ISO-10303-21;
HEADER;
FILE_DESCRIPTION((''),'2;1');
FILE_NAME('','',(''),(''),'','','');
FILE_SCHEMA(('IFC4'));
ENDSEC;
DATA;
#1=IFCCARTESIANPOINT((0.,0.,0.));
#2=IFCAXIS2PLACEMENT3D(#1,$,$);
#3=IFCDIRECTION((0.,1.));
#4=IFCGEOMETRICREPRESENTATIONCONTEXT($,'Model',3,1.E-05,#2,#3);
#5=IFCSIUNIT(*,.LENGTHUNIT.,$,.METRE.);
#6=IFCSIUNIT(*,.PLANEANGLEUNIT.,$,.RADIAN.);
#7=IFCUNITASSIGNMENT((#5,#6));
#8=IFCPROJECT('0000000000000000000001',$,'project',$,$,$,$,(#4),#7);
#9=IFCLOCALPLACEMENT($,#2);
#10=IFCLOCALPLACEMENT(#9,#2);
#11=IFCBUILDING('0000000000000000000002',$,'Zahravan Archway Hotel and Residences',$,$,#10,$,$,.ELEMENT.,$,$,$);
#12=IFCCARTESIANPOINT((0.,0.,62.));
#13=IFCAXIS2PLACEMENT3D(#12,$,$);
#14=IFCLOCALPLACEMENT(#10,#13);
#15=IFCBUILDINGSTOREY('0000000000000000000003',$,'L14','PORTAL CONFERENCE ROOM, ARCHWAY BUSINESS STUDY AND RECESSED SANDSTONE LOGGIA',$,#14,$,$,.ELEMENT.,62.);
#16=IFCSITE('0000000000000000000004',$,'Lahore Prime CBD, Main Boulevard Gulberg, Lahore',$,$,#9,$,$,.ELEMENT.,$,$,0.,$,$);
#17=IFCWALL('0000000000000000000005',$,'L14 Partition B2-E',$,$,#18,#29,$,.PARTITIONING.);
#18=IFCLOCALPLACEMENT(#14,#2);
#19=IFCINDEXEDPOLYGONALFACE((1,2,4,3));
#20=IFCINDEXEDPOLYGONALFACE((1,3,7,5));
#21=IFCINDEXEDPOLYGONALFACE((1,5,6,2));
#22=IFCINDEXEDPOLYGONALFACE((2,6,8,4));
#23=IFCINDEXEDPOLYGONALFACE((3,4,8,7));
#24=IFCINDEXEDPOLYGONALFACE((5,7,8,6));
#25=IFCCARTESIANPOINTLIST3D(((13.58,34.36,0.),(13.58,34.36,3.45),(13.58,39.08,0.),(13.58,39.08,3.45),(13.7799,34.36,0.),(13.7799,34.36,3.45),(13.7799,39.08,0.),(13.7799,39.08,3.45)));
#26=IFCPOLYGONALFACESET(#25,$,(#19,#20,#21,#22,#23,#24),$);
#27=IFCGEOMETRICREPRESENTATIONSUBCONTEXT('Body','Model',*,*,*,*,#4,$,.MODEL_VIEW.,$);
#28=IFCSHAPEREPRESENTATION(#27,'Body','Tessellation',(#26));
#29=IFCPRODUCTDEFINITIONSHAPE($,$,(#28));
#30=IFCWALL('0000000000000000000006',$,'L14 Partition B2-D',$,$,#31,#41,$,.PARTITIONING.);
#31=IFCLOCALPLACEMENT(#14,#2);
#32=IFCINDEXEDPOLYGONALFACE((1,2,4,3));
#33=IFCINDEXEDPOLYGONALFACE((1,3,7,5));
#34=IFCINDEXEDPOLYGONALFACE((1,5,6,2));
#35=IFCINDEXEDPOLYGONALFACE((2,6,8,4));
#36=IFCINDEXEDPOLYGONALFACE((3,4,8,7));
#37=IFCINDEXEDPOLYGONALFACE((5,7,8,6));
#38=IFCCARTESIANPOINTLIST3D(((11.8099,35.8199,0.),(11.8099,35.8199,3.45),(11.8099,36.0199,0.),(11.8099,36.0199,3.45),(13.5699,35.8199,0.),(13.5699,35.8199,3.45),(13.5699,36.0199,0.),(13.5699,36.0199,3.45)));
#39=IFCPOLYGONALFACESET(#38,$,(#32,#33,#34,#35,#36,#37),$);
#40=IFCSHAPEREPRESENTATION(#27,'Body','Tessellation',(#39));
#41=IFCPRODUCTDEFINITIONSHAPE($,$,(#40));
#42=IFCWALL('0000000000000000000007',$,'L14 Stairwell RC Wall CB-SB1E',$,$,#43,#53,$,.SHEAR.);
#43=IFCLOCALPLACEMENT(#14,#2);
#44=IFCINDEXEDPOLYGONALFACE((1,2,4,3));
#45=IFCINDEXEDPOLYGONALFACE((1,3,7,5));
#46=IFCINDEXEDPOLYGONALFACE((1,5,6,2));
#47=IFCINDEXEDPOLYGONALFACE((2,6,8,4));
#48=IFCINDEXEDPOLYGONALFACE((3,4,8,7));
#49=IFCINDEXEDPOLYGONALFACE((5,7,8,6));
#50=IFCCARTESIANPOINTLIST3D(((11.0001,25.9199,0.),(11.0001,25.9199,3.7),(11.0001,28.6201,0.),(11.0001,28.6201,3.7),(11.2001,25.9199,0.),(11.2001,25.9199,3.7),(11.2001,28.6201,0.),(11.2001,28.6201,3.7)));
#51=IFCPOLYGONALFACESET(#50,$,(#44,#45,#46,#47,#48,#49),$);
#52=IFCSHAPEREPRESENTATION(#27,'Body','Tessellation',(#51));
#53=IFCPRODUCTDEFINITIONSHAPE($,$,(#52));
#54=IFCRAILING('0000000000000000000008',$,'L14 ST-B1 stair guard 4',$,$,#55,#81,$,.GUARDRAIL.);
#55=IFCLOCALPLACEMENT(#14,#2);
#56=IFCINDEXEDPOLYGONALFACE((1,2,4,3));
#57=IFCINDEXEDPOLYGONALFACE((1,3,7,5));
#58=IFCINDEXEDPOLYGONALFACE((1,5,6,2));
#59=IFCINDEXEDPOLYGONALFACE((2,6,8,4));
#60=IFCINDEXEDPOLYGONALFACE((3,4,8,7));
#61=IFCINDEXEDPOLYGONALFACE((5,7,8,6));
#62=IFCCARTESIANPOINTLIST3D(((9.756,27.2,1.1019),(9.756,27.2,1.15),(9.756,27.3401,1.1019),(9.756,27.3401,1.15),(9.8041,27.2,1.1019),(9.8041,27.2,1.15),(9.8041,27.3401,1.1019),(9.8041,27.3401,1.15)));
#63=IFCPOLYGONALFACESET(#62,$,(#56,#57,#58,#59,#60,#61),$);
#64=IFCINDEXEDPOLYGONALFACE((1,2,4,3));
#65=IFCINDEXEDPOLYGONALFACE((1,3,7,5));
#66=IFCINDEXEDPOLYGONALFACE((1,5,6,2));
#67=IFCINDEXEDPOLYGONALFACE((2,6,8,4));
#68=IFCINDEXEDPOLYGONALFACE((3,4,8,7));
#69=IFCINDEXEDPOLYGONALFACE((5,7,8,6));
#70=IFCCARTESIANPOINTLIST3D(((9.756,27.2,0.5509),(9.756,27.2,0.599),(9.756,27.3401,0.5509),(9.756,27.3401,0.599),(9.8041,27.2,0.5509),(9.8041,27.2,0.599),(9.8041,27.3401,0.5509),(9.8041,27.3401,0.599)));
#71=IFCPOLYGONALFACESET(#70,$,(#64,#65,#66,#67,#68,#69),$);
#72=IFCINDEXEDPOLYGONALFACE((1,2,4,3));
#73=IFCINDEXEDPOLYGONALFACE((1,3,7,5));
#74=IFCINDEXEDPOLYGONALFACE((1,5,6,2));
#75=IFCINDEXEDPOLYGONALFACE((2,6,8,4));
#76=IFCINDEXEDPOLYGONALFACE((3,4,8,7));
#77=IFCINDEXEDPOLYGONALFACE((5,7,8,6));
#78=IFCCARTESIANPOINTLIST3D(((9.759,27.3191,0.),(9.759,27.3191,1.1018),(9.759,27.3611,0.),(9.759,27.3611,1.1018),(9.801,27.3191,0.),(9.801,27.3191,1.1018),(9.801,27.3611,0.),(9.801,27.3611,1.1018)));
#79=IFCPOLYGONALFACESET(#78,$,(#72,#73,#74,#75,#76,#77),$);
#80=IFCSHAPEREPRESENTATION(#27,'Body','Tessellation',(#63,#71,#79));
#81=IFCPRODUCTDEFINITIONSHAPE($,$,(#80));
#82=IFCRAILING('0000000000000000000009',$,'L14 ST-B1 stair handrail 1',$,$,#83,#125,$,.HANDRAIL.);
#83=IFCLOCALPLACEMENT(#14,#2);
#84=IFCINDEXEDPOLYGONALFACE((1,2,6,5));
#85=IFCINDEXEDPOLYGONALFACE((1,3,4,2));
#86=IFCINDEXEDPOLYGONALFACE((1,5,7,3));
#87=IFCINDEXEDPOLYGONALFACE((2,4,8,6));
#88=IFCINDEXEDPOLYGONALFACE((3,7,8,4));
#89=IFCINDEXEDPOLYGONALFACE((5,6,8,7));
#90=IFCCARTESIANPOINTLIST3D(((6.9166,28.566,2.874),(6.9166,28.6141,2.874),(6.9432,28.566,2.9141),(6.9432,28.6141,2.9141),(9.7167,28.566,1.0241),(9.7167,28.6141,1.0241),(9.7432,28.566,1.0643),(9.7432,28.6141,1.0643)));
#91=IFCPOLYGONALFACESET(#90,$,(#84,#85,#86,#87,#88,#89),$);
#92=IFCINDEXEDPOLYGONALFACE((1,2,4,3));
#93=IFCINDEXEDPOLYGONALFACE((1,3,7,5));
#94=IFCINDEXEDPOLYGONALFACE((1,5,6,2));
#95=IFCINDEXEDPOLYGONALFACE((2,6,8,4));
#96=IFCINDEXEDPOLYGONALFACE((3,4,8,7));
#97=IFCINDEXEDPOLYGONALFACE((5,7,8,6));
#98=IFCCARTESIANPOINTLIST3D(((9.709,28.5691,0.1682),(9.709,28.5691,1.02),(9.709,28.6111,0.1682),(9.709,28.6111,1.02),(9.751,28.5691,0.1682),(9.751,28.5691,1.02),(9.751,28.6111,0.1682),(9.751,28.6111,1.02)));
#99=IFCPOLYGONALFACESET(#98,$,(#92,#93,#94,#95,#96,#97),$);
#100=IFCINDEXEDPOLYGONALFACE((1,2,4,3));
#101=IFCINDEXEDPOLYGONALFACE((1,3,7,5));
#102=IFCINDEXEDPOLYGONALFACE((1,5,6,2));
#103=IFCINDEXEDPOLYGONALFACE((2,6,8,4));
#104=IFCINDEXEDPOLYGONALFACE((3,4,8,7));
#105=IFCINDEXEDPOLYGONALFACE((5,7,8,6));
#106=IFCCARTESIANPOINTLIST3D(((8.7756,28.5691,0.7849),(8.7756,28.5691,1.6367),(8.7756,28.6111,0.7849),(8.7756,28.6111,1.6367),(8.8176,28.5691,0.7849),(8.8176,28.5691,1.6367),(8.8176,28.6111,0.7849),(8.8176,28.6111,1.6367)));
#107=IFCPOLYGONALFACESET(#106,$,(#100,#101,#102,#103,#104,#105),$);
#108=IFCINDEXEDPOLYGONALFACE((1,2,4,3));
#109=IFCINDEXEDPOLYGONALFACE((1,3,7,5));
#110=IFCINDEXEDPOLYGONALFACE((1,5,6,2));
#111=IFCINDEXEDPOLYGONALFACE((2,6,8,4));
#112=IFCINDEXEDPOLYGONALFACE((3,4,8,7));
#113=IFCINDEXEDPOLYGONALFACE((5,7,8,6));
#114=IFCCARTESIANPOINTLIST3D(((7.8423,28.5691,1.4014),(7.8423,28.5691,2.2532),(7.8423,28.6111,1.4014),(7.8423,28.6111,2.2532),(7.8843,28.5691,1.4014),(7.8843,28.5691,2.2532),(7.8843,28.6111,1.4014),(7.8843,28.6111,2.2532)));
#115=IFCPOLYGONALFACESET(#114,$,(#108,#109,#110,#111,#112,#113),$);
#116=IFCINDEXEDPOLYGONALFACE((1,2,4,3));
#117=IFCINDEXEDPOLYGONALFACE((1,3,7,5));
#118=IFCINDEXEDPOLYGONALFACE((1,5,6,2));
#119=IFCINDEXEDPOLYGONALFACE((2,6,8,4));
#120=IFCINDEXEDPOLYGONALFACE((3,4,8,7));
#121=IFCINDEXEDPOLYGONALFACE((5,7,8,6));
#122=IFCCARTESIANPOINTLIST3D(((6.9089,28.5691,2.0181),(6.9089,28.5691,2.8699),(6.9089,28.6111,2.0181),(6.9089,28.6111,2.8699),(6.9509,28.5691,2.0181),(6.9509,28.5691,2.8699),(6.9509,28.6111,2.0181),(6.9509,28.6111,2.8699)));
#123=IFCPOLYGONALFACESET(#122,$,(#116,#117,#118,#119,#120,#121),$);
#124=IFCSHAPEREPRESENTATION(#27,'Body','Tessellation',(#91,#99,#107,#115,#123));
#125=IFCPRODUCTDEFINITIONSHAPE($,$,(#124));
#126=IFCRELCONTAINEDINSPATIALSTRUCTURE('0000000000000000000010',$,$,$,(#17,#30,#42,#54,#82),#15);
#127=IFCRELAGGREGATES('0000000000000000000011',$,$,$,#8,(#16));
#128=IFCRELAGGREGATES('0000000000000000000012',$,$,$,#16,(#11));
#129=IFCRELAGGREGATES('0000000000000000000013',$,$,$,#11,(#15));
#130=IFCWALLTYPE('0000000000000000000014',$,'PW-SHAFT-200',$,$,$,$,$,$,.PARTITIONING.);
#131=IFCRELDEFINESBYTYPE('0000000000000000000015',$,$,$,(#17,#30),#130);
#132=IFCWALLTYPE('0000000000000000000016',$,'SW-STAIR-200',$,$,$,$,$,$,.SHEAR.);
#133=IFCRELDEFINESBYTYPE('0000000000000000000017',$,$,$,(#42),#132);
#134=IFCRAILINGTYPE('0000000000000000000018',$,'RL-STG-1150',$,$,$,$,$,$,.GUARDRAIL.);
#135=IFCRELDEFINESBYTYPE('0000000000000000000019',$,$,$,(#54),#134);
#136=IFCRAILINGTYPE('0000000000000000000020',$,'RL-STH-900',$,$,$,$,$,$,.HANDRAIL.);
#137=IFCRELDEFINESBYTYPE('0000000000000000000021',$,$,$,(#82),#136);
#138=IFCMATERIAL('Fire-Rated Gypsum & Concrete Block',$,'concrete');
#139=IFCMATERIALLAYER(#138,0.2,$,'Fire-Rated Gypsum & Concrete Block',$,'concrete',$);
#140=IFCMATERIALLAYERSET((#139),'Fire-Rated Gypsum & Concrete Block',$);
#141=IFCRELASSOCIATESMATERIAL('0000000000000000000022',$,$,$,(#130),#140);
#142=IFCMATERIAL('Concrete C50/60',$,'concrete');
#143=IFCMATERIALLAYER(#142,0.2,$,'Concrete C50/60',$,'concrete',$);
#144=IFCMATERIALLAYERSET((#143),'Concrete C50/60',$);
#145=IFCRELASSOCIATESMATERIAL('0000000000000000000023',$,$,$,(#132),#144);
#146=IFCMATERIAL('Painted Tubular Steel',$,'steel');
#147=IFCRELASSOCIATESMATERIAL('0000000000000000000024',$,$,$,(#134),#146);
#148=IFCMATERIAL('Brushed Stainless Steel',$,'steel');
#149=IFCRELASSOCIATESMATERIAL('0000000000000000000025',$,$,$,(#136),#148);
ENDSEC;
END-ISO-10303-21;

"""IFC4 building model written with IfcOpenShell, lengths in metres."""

from ifc_helpers import new_model, si_unit, direction, frame, frame_2d, origin, origin_2d, place, context, subcontext, project, spatial, rectangle, extrude, material, layer, layer_set, type_object, element, save


model = new_model("IFC4")

# Units and contexts
model_context = context("Model", 3, precision=1e-05, world=origin(), true_north=direction((0.0, 1.0)))
body_context = subcontext(model_context, "Body", "Model", "MODEL_VIEW")
ifc_project = project(units=[si_unit("LENGTHUNIT", "METRE"), si_unit("PLANEANGLEUNIT", "RADIAN")], contexts=[model_context])

# Site, building, storey
site_placement = place(None, origin())
site = spatial("IfcSite", under=ifc_project, at=site_placement, Name="Lahore Prime CBD, Main Boulevard Gulberg, Lahore", CompositionType="ELEMENT", RefElevation=0.0)
building_placement = place(site_placement, origin())
building = spatial("IfcBuilding", under=site, at=building_placement, Name="Zahravan Archway Hotel and Residences", CompositionType="ELEMENT")
storey_placement = place(building_placement, frame((0.0, 0.0, 62.0)))
storey = spatial("IfcBuildingStorey", under=building, at=storey_placement, Name="L14", Description="PORTAL CONFERENCE ROOM, ARCHWAY BUSINESS STUDY AND RECESSED SANDSTONE LOGGIA", CompositionType="ELEMENT", Elevation=62.0)

# Shared definitions
ifc_material_1 = material(Name="Fire-Rated Gypsum & Concrete Block", Category="concrete")
ifc_layer_1 = layer(ifc_material_1, 0.2, Name="Fire-Rated Gypsum & Concrete Block", Category="concrete")
ifc_layer_set_1 = layer_set([ifc_layer_1], Name="Fire-Rated Gypsum & Concrete Block")
wall_type_1 = type_object("IfcWallType", Name="PW-SHAFT-200", PredefinedType="PARTITIONING", material=ifc_layer_set_1)

# Shared definitions
ifc_material_2 = material(Name="Brushed Stainless Steel", Category="steel")

# Walls
wall_1_placement = place(storey_placement, frame((13.6799, 34.3601, 0.0), z_axis=(0.0, 0.0, 1.0), x_axis=(0.0, 1.0, 0.0)))
element("IfcWall", 1, at=wall_1_placement, inside=storey, type_object=wall_type_1, Name="L14 Partition B2-E", PredefinedType="PARTITIONING", context=body_context, shape_type="SweptSolid", body=[
    extrude(rectangle(XDim=4.72, YDim=0.2, at=frame_2d((2.3599, 0.0))), origin(), (0.0, 0.0, 1.0), 3.45),
])
wall_2_placement = place(storey_placement, frame((11.8101, 35.9199, 0.0), z_axis=(0.0, 0.0, 1.0), x_axis=(1.0, 0.0, 0.0)))
element("IfcWall", 2, at=wall_2_placement, inside=storey, type_object=wall_type_1, Name="L14 Partition B2-D", PredefinedType="PARTITIONING", context=body_context, shape_type="SweptSolid", body=[
    extrude(rectangle(XDim=1.76, YDim=0.2, at=frame_2d((0.8799, 0.0))), origin(), (0.0, 0.0, 1.0), 3.45),
])
ifc_material_3 = material(Name="Concrete C50/60", Category="concrete")
ifc_layer_2 = layer(ifc_material_3, 0.2, Name="Concrete C50/60", Category="concrete")
ifc_layer_set_2 = layer_set([ifc_layer_2], Name="Concrete C50/60")
wall_type_2 = type_object("IfcWallType", Name="SW-STAIR-200", PredefinedType="SHEAR", material=ifc_layer_set_2)
wall_3_placement = place(storey_placement, frame((11.1001, 25.9199, 0.0), z_axis=(0.0, 0.0, 1.0), x_axis=(0.0, 1.0, 0.0)))
element("IfcWall", 3, at=wall_3_placement, inside=storey, type_object=wall_type_2, Name="L14 Stairwell RC Wall CB-SB1E", PredefinedType="SHEAR", context=body_context, shape_type="SweptSolid", body=[
    extrude(rectangle(XDim=2.7002, YDim=0.2, at=frame_2d((1.3501, 0.0))), origin(), (0.0, 0.0, 1.0), 3.7),
])

# Railings
ifc_material_4 = material(Name="Painted Tubular Steel", Category="steel")
railing_type_1 = type_object("IfcRailingType", Name="RL-STG-1150", PredefinedType="GUARDRAIL", material=ifc_material_4)
railing_1_placement = place(storey_placement, frame((9.78, 27.3401, 0.0)))
element("IfcRailing", 4, at=railing_1_placement, inside=storey, type_object=railing_type_1, Name="L14 ST-B1 stair guard 4", PredefinedType="GUARDRAIL", context=body_context, shape_type="SweptSolid", body=[
    extrude(rectangle(XDim=0.0481, YDim=0.0481, at=origin_2d()), frame((0.0, 0.0, 1.126), z_axis=(0.0, -1.0, 0.0), x_axis=(1.0, 0.0, 0.0)), (0.0, 0.0, 1.0), 0.1401),
    extrude(rectangle(XDim=0.0481, YDim=0.0481, at=origin_2d()), frame((0.0, 0.0, 0.575), z_axis=(0.0, -1.0, 0.0), x_axis=(1.0, 0.0, 0.0)), (0.0, 0.0, 1.0), 0.1401),
    extrude(rectangle(XDim=0.042, YDim=0.042, at=origin_2d()), origin(), (0.0, 0.0, 1.0), 1.1018),
])
railing_type_2 = type_object("IfcRailingType", Name="RL-STH-900", PredefinedType="HANDRAIL", material=ifc_material_2)
railing_2_placement = place(storey_placement, frame((9.73, 28.5901, 0.1682)))
element("IfcRailing", 5, at=railing_2_placement, inside=storey, type_object=railing_type_2, Name="L14 ST-B1 stair handrail 1", PredefinedType="HANDRAIL", context=body_context, shape_type="SweptSolid", body=[
    extrude(rectangle(XDim=0.0481, YDim=0.0481, at=origin_2d()), frame((0.0, 0.0, 0.876), z_axis=(-0.83436, 0.0, 0.55122), x_axis=(0.0, -1.0, 0.0)), (0.0, 0.0, 1.0), 3.356),
    extrude(rectangle(XDim=0.042, YDim=0.042, at=origin_2d()), origin(), (0.0, 0.0, 1.0), 0.8518),
    extrude(rectangle(XDim=0.042, YDim=0.042, at=origin_2d()), frame((-0.9333, 0.0, 0.6167)), (0.0, 0.0, 1.0), 0.8518),
    extrude(rectangle(XDim=0.042, YDim=0.042, at=origin_2d()), frame((-1.8667, 0.0, 1.2332)), (0.0, 0.0, 1.0), 0.8518),
    extrude(rectangle(XDim=0.042, YDim=0.042, at=origin_2d()), frame((-2.8, 0.0, 1.8499)), (0.0, 0.0, 1.0), 0.8518),
])

save(model, "model.ifc")
